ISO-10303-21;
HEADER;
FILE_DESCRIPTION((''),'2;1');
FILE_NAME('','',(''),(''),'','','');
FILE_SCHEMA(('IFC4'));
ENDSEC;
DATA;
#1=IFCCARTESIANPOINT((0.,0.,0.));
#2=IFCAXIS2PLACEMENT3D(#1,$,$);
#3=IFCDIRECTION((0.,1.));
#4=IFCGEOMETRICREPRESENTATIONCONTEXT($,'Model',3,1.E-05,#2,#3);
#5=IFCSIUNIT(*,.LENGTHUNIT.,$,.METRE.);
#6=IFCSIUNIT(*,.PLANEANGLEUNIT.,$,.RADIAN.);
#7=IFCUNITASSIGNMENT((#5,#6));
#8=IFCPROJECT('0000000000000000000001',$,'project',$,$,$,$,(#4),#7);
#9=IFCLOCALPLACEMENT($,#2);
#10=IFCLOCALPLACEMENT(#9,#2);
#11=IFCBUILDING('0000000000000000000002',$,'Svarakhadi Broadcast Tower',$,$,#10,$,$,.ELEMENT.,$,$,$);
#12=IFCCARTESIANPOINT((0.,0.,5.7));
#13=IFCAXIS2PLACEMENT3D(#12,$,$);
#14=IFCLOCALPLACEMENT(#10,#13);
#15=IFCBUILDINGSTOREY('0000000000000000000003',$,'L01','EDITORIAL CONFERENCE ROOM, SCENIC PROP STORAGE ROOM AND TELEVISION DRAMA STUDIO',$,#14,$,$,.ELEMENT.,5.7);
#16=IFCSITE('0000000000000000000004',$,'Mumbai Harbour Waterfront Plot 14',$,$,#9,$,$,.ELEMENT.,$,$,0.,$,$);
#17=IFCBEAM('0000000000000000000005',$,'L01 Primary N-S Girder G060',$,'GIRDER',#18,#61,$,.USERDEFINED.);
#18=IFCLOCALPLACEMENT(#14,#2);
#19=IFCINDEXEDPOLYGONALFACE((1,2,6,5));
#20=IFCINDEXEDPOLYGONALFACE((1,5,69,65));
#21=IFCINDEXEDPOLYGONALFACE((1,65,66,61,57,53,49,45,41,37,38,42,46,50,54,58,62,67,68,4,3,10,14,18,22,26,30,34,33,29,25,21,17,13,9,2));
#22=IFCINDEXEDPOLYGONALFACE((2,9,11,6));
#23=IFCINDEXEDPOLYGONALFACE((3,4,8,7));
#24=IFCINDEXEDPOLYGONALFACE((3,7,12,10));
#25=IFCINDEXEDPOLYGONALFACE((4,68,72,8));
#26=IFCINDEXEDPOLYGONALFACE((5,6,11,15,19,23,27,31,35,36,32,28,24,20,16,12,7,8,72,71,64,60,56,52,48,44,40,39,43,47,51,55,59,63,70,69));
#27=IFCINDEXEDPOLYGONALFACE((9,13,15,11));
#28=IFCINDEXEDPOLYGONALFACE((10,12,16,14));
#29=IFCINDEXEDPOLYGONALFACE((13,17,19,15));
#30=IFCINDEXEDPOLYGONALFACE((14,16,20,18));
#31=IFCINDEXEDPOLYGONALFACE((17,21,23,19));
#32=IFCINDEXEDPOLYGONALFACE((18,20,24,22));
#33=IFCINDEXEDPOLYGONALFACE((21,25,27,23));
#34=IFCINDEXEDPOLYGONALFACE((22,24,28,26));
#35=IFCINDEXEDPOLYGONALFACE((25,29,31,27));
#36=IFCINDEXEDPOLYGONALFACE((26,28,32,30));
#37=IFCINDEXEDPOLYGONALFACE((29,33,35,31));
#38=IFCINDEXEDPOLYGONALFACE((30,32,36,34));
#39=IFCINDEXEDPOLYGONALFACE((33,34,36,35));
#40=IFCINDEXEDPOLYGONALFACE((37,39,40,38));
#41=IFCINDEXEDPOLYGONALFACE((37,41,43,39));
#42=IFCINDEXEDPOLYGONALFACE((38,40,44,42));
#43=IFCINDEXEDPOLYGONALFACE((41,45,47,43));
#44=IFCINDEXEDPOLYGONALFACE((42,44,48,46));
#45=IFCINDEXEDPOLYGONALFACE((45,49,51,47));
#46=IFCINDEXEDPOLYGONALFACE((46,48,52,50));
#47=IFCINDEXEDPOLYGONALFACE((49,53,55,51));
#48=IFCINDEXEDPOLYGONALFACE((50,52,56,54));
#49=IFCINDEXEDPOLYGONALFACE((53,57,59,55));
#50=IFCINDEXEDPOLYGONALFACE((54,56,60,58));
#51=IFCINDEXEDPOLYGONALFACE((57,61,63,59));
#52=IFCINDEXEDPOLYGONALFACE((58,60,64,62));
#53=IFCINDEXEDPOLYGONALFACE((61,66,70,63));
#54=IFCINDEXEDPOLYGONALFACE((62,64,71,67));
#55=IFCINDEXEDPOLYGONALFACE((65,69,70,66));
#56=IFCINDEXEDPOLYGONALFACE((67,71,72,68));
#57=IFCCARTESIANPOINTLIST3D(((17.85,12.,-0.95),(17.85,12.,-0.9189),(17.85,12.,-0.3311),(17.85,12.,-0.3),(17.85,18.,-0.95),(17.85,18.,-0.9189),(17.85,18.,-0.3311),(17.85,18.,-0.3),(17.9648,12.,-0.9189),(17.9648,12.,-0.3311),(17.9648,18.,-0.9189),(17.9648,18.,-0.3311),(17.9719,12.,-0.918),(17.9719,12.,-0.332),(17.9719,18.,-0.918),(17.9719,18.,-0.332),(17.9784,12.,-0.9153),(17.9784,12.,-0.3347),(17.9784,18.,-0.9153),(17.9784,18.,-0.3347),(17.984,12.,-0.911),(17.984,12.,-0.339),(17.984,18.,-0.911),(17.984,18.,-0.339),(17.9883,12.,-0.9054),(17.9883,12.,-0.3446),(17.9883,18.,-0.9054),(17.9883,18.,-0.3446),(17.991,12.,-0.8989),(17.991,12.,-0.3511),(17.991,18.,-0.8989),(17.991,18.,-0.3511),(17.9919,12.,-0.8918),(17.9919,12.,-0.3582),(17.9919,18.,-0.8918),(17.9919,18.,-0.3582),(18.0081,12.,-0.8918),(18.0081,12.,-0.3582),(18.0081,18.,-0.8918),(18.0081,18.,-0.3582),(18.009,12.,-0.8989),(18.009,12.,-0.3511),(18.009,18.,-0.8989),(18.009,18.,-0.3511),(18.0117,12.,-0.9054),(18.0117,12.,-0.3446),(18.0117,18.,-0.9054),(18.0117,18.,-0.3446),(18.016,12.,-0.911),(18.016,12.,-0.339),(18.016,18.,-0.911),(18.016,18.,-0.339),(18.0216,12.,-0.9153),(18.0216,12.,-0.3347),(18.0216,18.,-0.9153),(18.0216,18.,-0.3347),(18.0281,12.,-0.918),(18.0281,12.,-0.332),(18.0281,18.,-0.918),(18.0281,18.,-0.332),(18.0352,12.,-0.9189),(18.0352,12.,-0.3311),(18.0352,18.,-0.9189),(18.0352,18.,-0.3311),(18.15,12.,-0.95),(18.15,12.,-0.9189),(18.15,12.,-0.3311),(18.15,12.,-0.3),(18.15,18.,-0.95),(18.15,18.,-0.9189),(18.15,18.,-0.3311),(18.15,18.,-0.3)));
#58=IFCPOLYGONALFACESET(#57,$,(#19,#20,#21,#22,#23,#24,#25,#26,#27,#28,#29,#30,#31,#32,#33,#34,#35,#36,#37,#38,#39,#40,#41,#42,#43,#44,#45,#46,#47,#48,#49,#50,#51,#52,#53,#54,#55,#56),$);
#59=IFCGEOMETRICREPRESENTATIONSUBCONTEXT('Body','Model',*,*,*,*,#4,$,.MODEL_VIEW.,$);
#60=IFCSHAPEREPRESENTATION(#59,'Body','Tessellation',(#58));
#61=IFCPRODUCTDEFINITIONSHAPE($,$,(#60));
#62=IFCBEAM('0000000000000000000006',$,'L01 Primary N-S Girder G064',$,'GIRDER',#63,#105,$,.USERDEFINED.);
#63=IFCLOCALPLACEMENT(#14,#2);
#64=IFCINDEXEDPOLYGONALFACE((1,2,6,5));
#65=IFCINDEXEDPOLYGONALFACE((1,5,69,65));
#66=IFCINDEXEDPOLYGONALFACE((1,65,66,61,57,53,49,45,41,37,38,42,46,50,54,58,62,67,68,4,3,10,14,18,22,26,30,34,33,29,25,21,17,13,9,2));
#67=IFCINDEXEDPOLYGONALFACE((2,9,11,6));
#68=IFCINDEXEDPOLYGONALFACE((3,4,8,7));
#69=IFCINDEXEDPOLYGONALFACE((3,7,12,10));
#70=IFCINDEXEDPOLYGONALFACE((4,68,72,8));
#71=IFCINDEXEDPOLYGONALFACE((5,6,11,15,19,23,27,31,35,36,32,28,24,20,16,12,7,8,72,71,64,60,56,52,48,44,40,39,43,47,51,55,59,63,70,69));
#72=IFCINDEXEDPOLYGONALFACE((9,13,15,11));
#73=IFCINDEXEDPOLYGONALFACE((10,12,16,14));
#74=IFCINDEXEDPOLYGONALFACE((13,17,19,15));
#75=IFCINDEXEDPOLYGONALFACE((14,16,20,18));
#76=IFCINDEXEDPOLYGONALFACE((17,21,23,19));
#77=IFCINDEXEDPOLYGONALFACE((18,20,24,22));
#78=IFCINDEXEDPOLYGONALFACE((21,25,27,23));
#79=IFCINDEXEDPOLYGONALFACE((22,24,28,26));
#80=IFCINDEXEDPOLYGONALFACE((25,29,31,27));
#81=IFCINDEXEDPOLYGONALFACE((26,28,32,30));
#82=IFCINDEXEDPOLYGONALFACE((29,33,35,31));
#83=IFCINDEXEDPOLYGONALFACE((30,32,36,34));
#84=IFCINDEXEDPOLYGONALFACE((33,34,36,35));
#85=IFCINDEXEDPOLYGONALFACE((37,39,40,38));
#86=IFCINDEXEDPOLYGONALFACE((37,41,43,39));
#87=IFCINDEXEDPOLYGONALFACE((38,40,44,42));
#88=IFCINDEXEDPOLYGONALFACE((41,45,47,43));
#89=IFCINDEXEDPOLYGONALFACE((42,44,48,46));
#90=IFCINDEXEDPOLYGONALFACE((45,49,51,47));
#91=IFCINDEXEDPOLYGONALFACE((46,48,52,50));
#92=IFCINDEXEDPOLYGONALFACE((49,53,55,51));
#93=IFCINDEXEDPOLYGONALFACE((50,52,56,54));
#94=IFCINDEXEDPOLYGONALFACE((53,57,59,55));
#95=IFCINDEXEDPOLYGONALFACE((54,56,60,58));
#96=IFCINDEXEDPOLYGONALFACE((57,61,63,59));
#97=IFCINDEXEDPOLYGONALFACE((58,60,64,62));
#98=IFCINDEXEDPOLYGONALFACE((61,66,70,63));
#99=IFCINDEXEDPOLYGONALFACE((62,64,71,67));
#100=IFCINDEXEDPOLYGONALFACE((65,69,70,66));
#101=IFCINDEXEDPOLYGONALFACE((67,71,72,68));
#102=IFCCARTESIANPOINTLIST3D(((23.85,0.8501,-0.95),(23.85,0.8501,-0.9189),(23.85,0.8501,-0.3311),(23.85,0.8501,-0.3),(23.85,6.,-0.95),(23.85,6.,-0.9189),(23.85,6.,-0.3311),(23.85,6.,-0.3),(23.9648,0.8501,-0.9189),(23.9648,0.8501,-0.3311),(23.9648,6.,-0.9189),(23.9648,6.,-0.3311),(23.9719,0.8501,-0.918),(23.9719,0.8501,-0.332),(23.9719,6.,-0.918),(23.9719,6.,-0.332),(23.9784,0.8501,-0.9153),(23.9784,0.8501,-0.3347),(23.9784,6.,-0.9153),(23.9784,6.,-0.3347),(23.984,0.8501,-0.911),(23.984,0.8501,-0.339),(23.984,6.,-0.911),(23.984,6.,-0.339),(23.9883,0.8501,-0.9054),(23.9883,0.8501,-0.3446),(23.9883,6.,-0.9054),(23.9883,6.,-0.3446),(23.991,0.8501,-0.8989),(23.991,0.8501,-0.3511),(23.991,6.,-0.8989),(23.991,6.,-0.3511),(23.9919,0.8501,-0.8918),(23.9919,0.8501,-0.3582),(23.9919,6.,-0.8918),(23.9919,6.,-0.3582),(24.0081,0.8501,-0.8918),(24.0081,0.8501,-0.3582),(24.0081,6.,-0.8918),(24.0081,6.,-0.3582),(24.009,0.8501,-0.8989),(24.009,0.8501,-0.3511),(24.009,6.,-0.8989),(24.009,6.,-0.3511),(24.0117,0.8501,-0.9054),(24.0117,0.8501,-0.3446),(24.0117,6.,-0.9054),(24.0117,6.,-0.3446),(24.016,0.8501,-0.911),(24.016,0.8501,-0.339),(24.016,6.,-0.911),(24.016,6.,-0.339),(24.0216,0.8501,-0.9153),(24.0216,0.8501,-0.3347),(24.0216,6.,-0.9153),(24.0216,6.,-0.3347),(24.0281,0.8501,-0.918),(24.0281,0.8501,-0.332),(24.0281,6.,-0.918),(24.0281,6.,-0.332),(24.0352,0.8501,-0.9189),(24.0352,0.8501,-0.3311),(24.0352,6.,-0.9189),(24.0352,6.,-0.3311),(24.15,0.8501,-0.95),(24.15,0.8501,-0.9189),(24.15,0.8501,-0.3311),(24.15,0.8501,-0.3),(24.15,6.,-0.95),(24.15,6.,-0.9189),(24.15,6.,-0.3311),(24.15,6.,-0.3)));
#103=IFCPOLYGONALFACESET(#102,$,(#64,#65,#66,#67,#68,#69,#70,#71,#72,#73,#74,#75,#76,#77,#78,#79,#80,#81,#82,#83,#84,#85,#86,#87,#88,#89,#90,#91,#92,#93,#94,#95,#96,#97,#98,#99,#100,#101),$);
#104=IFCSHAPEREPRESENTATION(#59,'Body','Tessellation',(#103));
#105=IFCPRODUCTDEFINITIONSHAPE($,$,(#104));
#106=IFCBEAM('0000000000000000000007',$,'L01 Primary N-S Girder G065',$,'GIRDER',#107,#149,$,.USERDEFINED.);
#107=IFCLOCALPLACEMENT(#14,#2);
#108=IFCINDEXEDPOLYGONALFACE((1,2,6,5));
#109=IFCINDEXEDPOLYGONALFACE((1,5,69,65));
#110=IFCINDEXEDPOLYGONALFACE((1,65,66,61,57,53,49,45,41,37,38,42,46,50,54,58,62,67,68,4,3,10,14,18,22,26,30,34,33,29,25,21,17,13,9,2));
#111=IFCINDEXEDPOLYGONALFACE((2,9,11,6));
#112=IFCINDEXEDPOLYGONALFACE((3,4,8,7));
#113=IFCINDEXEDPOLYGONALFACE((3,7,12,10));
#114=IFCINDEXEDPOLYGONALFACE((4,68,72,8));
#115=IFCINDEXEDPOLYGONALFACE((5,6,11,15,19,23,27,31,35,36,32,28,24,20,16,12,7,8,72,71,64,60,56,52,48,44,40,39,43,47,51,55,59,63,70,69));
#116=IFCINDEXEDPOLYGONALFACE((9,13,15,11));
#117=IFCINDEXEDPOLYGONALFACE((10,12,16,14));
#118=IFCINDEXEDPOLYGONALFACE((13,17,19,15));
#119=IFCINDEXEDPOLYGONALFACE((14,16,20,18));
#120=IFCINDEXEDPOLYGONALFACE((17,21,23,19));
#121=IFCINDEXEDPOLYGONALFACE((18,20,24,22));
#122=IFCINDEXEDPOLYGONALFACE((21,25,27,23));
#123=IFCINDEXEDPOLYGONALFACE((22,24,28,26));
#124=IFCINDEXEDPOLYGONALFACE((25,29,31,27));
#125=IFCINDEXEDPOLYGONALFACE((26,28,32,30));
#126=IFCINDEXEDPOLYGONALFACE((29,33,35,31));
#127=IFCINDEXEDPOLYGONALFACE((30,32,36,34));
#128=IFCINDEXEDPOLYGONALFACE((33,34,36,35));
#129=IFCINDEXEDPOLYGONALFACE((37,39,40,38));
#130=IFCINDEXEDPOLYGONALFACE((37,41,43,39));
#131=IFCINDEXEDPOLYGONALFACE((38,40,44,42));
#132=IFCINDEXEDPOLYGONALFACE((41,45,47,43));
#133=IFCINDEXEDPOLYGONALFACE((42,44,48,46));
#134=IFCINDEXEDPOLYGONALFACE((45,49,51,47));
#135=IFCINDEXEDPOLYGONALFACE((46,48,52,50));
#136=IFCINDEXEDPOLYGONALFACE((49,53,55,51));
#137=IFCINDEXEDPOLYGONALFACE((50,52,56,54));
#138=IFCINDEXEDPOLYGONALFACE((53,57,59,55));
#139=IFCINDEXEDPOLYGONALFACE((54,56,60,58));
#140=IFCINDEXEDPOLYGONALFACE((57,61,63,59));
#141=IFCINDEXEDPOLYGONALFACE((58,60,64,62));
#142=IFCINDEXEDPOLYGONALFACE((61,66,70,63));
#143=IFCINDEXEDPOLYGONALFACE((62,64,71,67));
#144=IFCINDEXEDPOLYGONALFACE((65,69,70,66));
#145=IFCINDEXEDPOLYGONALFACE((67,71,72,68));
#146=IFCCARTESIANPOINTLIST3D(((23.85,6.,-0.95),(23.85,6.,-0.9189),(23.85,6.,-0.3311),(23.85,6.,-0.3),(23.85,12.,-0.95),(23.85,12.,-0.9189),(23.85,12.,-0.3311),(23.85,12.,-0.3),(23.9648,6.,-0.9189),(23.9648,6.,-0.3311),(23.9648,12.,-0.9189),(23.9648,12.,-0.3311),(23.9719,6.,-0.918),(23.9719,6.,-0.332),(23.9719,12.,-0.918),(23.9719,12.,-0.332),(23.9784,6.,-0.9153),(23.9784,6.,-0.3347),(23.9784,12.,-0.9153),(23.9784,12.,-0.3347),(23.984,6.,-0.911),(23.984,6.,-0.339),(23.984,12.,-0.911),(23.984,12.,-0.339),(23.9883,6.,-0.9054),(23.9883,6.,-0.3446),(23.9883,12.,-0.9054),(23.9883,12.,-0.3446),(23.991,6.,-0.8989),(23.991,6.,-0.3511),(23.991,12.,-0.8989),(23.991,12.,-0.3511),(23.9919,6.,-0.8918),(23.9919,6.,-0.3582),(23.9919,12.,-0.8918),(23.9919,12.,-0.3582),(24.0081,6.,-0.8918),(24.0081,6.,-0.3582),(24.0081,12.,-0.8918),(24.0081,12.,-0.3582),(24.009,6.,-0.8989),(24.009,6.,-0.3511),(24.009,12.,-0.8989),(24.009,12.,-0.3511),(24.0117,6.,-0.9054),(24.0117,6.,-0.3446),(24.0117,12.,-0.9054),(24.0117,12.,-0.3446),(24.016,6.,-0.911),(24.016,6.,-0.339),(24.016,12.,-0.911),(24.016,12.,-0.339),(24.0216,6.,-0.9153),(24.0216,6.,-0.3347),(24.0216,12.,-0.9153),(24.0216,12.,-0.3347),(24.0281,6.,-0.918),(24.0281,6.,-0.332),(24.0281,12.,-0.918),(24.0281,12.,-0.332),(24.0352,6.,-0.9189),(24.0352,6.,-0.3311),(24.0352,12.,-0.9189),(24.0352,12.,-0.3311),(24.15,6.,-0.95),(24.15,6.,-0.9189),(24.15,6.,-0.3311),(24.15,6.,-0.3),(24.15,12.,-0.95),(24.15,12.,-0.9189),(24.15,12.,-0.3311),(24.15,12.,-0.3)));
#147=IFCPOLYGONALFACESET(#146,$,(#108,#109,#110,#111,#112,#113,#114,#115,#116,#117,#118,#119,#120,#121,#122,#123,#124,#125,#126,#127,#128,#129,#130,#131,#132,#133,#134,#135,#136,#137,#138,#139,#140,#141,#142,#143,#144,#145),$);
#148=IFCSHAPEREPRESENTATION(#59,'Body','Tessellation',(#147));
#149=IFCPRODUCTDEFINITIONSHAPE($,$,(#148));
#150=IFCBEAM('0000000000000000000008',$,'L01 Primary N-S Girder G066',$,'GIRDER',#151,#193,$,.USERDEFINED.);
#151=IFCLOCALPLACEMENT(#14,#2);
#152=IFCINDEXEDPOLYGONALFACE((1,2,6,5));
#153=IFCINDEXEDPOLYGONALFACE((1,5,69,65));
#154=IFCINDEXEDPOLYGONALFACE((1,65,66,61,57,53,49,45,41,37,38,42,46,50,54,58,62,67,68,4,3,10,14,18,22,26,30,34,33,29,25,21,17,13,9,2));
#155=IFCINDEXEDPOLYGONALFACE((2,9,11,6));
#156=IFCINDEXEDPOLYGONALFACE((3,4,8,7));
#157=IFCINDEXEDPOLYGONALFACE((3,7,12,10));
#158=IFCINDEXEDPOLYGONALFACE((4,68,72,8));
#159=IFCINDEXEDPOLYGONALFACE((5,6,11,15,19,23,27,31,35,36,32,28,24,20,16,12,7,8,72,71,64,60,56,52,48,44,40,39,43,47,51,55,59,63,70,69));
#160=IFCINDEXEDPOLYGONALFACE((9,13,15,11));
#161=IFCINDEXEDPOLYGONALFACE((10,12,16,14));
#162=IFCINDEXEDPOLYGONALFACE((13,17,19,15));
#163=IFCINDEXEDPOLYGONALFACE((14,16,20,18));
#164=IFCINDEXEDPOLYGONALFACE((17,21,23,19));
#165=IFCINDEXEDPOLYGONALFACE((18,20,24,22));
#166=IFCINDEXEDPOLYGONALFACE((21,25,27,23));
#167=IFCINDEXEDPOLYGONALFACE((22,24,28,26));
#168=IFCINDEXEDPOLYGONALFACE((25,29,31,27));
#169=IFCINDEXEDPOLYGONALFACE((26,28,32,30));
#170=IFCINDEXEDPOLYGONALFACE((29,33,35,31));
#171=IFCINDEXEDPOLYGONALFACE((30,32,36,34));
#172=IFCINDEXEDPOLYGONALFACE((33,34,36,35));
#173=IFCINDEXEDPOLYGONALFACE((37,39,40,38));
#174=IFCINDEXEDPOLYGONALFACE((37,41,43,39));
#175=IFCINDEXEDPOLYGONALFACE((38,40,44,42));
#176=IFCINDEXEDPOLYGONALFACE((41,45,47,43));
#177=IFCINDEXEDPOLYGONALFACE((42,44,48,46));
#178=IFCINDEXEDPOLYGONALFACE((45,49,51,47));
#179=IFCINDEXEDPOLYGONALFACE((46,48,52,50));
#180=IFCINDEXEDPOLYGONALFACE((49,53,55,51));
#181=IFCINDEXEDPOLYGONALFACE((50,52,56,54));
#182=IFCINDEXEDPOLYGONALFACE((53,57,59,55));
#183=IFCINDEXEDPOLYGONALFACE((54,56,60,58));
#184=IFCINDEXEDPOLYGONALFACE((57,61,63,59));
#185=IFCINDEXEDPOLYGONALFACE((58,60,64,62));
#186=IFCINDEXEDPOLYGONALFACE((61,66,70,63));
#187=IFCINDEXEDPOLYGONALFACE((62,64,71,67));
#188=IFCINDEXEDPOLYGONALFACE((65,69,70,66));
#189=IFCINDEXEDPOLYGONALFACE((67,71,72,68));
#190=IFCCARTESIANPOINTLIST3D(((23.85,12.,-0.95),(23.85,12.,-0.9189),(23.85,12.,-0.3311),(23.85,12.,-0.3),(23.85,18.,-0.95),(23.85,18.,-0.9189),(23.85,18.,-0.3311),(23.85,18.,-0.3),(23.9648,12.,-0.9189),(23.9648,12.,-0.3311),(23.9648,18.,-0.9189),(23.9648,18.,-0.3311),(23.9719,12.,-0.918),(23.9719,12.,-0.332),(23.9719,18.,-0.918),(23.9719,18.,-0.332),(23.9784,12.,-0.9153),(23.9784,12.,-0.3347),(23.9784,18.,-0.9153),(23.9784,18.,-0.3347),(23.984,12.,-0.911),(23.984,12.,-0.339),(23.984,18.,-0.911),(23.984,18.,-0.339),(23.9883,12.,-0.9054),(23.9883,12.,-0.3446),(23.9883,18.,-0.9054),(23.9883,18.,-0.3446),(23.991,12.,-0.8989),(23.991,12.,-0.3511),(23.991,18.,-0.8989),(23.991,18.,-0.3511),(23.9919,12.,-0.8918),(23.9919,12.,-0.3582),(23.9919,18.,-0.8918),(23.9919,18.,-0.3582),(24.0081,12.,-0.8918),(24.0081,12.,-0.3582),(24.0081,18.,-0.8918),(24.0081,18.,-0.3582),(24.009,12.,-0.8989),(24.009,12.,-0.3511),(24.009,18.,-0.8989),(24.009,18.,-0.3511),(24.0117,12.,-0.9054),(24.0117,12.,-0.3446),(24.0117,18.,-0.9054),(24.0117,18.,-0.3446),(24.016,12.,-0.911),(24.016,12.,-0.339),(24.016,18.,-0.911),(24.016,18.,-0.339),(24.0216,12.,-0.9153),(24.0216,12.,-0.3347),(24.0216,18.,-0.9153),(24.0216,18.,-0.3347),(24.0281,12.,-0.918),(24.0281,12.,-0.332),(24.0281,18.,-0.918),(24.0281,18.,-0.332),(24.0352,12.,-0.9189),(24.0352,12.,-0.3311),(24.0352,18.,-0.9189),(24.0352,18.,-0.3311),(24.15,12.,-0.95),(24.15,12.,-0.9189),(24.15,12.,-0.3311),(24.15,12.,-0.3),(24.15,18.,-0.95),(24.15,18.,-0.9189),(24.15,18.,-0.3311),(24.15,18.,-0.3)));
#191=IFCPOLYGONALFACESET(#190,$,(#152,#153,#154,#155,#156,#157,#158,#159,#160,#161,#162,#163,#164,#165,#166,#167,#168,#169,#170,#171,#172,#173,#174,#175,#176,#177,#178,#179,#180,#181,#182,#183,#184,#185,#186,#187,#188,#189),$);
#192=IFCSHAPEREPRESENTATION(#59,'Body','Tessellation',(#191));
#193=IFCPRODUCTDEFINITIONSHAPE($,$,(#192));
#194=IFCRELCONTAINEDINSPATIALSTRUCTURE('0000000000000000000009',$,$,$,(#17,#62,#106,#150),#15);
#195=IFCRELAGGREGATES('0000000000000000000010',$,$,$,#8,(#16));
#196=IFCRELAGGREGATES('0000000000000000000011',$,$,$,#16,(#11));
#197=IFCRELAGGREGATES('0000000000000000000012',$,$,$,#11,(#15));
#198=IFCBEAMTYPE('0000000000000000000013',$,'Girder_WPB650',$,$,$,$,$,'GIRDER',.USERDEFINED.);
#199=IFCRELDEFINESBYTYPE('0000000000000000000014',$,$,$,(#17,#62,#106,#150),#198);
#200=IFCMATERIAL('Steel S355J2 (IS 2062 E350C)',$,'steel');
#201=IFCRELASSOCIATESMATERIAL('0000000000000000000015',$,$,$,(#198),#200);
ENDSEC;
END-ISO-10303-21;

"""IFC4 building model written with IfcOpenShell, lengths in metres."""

from ifc_helpers import new_model, si_unit, direction, frame, origin, origin_2d, place, context, subcontext, project, spatial, i_section, extrude, material, material_profile, profile_set, type_object, element, save


model = new_model("IFC4")

# Units and contexts
model_context = context("Model", 3, precision=1e-05, world=origin(), true_north=direction((0.0, 1.0)))
body_context = subcontext(model_context, "Body", "Model", "MODEL_VIEW")
ifc_project = project(units=[si_unit("LENGTHUNIT", "METRE"), si_unit("PLANEANGLEUNIT", "RADIAN")], contexts=[model_context])

# Site, building, storey
site_placement = place(None, origin())
site = spatial("IfcSite", under=ifc_project, at=site_placement, Name="Mumbai Harbour Waterfront Plot 14", CompositionType="ELEMENT", RefElevation=0.0)
building_placement = place(site_placement, origin())
building = spatial("IfcBuilding", under=site, at=building_placement, Name="Svarakhadi Broadcast Tower", CompositionType="ELEMENT")
storey_placement = place(building_placement, frame((0.0, 0.0, 5.7)))
storey = spatial("IfcBuildingStorey", under=building, at=storey_placement, Name="L01", Description="EDITORIAL CONFERENCE ROOM, SCENIC PROP STORAGE ROOM AND TELEVISION DRAMA STUDIO", CompositionType="ELEMENT", Elevation=5.7)

# Shared definitions
ifc_material_1 = material(Name="Steel S355J2 (IS 2062 E350C)", Category="steel")

# Beams
ifc_material_profile_1 = material_profile(ifc_material_1, i_section(OverallWidth=0.3, OverallDepth=0.6499, WebThickness=0.0161, FlangeThickness=0.031, FilletRadius=0.0271, at=origin_2d()), Name="WPB 650x300x225")
ifc_profile_set_1 = profile_set([ifc_material_profile_1], Name="Steel S355J2 (IS 2062 E350C)")
beam_type_1 = type_object("IfcBeamType", Name="Girder_WPB650", ElementType="GIRDER", PredefinedType="USERDEFINED", material=ifc_profile_set_1)
for number, where, z_axis, x_axis, name in (
    (1, (18.0, 12.0, -0.625), (0.0, 1.0, 0.0), (-1.0, 0.0, 0.0), "L01 Primary N-S Girder G060"),
):
    element("IfcBeam", number, at=place(storey_placement, frame(where, z_axis=z_axis, x_axis=x_axis)), inside=storey, type_object=beam_type_1, Name=name, ObjectType="GIRDER", PredefinedType="USERDEFINED", context=body_context, shape_type="SweptSolid", body=[
        extrude(i_section(OverallWidth=0.3, OverallDepth=0.6499, WebThickness=0.0161, FlangeThickness=0.031, FilletRadius=0.0271, at=origin_2d()), origin(), (0.0, 0.0, 1.0), 6.0),
    ])
beam_1_placement = place(storey_placement, frame((24.0, 0.8501, -0.625), z_axis=(0.0, 1.0, 0.0), x_axis=(-1.0, 0.0, 0.0)))
element("IfcBeam", 2, at=beam_1_placement, inside=storey, type_object=beam_type_1, Name="L01 Primary N-S Girder G064", ObjectType="GIRDER", PredefinedType="USERDEFINED", context=body_context, shape_type="SweptSolid", body=[
    extrude(i_section(OverallWidth=0.3, OverallDepth=0.6499, WebThickness=0.0161, FlangeThickness=0.031, FilletRadius=0.0271, at=origin_2d()), origin(), (0.0, 0.0, 1.0), 5.1499),
])
for number, where, z_axis, x_axis, name in (
    (3, (24.0, 6.0, -0.625), (0.0, 1.0, 0.0), (-1.0, 0.0, 0.0), "L01 Primary N-S Girder G065"),
    (4, (24.0, 12.0, -0.625), (0.0, 1.0, 0.0), (-1.0, 0.0, 0.0), "L01 Primary N-S Girder G066"),
):
    element("IfcBeam", number, at=place(storey_placement, frame(where, z_axis=z_axis, x_axis=x_axis)), inside=storey, type_object=beam_type_1, Name=name, ObjectType="GIRDER", PredefinedType="USERDEFINED", context=body_context, shape_type="SweptSolid", body=[
        extrude(i_section(OverallWidth=0.3, OverallDepth=0.6499, WebThickness=0.0161, FlangeThickness=0.031, FilletRadius=0.0271, at=origin_2d()), origin(), (0.0, 0.0, 1.0), 6.0),
    ])

save(model, "model.ifc")
